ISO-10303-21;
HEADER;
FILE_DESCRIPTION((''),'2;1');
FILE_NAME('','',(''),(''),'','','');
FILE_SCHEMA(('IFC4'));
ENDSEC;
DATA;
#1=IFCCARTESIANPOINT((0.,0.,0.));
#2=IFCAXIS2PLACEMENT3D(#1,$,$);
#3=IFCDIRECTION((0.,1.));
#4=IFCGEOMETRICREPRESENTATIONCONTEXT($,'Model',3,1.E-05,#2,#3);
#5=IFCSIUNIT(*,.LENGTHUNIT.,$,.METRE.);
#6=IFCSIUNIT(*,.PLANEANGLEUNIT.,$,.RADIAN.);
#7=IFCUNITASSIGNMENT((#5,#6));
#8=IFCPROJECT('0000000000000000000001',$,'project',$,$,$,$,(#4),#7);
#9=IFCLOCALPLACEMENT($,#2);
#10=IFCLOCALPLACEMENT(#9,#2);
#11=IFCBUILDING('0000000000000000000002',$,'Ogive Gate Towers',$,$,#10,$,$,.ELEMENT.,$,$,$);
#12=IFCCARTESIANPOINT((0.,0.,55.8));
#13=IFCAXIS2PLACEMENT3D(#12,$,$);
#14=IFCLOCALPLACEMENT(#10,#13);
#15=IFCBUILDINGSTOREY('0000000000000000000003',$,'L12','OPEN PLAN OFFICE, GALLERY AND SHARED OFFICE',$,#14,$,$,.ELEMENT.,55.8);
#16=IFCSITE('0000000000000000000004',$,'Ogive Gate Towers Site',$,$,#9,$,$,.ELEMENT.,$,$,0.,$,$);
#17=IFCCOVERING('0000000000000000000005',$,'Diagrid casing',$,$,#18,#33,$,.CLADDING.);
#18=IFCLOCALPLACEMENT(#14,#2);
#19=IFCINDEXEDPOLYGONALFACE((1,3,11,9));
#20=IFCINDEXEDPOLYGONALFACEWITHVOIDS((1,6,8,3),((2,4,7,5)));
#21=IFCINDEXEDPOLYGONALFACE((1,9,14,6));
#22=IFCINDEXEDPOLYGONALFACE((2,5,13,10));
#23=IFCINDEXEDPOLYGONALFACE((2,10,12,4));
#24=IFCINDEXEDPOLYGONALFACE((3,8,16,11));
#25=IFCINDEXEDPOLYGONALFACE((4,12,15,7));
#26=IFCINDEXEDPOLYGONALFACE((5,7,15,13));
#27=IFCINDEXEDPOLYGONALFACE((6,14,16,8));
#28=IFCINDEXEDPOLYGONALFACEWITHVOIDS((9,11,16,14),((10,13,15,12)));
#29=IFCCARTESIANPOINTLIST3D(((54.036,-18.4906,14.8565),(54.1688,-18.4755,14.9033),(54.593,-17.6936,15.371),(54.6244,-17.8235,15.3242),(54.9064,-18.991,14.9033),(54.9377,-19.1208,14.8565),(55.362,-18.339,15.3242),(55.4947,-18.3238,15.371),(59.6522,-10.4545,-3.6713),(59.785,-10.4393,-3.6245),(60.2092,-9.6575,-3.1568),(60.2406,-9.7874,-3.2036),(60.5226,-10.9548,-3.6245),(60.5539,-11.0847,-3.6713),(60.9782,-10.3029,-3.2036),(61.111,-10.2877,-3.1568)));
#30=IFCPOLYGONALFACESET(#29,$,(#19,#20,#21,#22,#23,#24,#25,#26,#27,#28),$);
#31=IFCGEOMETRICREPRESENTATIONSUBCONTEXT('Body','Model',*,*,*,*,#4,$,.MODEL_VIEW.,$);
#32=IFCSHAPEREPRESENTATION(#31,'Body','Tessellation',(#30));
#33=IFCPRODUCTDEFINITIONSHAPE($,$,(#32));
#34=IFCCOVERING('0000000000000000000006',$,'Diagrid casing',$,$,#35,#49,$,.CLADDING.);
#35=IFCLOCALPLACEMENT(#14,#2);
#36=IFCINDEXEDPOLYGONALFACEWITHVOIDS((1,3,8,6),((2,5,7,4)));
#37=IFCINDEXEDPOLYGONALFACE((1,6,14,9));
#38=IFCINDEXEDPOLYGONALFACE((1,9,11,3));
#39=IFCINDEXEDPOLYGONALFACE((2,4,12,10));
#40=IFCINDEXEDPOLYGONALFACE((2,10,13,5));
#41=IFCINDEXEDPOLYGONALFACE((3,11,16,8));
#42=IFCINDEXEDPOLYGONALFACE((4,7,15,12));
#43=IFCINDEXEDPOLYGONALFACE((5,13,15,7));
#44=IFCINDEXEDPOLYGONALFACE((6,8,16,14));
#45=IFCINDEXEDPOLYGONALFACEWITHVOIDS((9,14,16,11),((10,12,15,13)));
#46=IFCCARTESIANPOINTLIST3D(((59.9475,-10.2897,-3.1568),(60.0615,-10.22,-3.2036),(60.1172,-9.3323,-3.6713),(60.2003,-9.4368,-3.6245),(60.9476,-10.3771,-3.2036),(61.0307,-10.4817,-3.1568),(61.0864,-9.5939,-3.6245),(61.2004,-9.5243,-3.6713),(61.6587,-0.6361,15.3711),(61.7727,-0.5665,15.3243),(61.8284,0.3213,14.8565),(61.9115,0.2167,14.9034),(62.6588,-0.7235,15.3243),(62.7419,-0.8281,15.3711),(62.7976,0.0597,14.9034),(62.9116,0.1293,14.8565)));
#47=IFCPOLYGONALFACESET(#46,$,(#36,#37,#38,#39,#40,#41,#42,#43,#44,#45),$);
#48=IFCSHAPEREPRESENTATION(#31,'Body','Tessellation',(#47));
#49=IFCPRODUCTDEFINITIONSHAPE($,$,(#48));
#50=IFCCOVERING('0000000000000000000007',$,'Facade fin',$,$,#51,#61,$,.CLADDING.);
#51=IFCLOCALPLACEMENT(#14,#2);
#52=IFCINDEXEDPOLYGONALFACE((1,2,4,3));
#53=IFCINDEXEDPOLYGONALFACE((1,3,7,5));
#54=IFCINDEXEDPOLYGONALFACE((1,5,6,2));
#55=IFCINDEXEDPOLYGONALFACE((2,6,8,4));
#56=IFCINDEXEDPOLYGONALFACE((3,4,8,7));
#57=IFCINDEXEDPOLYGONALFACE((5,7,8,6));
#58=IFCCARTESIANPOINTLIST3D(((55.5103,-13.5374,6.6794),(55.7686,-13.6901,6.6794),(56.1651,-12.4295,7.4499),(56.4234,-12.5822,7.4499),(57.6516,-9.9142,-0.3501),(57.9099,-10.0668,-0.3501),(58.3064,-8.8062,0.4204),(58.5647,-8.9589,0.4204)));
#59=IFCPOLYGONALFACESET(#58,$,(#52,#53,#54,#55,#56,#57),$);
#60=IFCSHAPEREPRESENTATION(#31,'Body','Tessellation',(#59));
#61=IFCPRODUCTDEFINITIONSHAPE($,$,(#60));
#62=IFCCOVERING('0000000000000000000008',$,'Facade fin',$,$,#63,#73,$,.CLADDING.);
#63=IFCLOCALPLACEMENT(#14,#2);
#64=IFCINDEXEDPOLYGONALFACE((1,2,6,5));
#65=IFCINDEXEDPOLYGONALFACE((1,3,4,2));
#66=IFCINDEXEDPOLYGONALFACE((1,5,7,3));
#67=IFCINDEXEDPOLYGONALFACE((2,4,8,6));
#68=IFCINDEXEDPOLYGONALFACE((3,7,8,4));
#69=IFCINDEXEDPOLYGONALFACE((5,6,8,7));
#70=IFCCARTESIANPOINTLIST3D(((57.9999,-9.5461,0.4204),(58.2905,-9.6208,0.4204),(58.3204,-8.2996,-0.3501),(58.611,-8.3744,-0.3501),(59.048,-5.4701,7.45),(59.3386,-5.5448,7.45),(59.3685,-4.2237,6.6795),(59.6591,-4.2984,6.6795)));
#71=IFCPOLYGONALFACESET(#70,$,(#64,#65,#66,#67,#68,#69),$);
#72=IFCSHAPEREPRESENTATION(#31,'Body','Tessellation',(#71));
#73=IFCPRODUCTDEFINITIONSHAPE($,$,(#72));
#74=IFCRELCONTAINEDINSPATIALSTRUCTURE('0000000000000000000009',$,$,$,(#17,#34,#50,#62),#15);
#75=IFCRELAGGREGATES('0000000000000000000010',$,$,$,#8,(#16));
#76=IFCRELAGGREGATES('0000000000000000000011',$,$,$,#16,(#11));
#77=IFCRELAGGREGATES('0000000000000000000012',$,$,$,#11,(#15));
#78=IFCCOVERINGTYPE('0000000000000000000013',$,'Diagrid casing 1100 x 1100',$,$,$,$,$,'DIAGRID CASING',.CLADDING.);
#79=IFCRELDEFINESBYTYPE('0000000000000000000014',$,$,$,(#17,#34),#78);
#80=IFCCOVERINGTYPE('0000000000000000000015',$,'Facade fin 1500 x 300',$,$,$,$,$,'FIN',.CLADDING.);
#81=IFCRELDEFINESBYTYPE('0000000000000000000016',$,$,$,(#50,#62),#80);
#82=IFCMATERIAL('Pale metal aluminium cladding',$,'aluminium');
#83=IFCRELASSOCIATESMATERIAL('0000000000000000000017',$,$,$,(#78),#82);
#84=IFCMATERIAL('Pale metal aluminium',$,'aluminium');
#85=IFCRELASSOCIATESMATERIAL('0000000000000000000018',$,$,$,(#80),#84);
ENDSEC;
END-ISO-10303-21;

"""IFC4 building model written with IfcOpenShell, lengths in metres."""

from ifc_helpers import new_model, si_unit, direction, frame, origin, origin_2d, place, context, subcontext, project, spatial, rectangle, hollow_rectangle, extrude, material, material_profile, profile_set, type_object, element, save


model = new_model("IFC4")

# Units and contexts
model_context = context("Model", 3, precision=1e-05, world=origin(), true_north=direction((0.0, 1.0)))
body_context = subcontext(model_context, "Body", "Model", "MODEL_VIEW")
ifc_project = project(units=[si_unit("LENGTHUNIT", "METRE"), si_unit("PLANEANGLEUNIT", "RADIAN")], contexts=[model_context])

# Site, building, storey
site_placement = place(None, origin())
site = spatial("IfcSite", under=ifc_project, at=site_placement, Name="Ogive Gate Towers Site", CompositionType="ELEMENT", RefElevation=0.0)
building_placement = place(site_placement, origin())
building = spatial("IfcBuilding", under=site, at=building_placement, Name="Ogive Gate Towers", CompositionType="ELEMENT")
storey_placement = place(building_placement, frame((0.0, 0.0, 55.8)))
storey = spatial("IfcBuildingStorey", under=building, at=storey_placement, Name="L12", Description="OPEN PLAN OFFICE, GALLERY AND SHARED OFFICE", CompositionType="ELEMENT", Elevation=55.8)

# Shared definitions
ifc_material_1 = material(Name="Pale metal aluminium", Category="aluminium")

# Coverings
ifc_material_2 = material(Name="Pale metal aluminium cladding", Category="aluminium")
ifc_material_profile_1 = material_profile(ifc_material_2, hollow_rectangle(XDim=1.1001, YDim=1.1001, WallThickness=0.1001, at=origin_2d()), Name="1100 x 1100 pale metal casing")
ifc_profile_set_1 = profile_set([ifc_material_profile_1], Name="Pale metal aluminium cladding")
covering_type_1 = type_object("IfcCoveringType", Name="Diagrid casing 1100 x 1100", ElementType="DIAGRID CASING", PredefinedType="CLADDING", material=ifc_profile_set_1)
for number, where, z_axis, x_axis, name in (
    (1, (60.3816, -10.3711, -3.4141), (-0.267925, -0.383368, 0.883881), (0.819667, -0.57284, 0.0), "Diagrid casing"),
    (2, (60.574, -9.907, -3.4141), (0.081633, 0.46053, 0.883883), (-0.98465, 0.174538, 0.0), "Diagrid casing"),
):
    element("IfcCovering", number, at=place(storey_placement, frame(where, z_axis=z_axis, x_axis=x_axis)), inside=storey, type_object=covering_type_1, Name=name, PredefinedType="CLADDING", context=body_context, shape_type="SweptSolid", body=[
        extrude(hollow_rectangle(XDim=1.1001, YDim=1.1001, WallThickness=0.1001, at=origin_2d()), origin(), (0.0, 0.0, 1.0), 20.9619),
    ])
ifc_material_profile_2 = material_profile(ifc_material_1, rectangle(XDim=0.3, YDim=1.5, at=origin_2d()), Name="1500 x 300 pale metal aluminium")
ifc_profile_set_2 = profile_set([ifc_material_profile_2], Name="Pale metal aluminium")
covering_type_2 = type_object("IfcCoveringType", Name="Facade fin 1500 x 300", ElementType="FIN", PredefinedType="CLADDING", material=ifc_profile_set_2)
for number, where, z_axis, x_axis, name in (
    (3, (58.1082, -9.4365, 0.0352), (-0.261359, -0.442233, 0.857975), (0.860893, -0.508786, 0.0), "Facade fin"),
    (4, (58.3054, -8.9602, 0.0352), (0.127925, 0.497486, 0.857988), (-0.968493, 0.249041, 0.0), "Facade fin"),
):
    element("IfcCovering", number, at=place(storey_placement, frame(where, z_axis=z_axis, x_axis=x_axis)), inside=storey, type_object=covering_type_2, Name=name, PredefinedType="CLADDING", context=body_context, shape_type="SweptSolid", body=[
        extrude(rectangle(XDim=0.3, YDim=1.5, at=origin_2d()), origin(), (0.0, 0.0, 1.0), 8.1931),
    ])

save(model, "model.ifc")
